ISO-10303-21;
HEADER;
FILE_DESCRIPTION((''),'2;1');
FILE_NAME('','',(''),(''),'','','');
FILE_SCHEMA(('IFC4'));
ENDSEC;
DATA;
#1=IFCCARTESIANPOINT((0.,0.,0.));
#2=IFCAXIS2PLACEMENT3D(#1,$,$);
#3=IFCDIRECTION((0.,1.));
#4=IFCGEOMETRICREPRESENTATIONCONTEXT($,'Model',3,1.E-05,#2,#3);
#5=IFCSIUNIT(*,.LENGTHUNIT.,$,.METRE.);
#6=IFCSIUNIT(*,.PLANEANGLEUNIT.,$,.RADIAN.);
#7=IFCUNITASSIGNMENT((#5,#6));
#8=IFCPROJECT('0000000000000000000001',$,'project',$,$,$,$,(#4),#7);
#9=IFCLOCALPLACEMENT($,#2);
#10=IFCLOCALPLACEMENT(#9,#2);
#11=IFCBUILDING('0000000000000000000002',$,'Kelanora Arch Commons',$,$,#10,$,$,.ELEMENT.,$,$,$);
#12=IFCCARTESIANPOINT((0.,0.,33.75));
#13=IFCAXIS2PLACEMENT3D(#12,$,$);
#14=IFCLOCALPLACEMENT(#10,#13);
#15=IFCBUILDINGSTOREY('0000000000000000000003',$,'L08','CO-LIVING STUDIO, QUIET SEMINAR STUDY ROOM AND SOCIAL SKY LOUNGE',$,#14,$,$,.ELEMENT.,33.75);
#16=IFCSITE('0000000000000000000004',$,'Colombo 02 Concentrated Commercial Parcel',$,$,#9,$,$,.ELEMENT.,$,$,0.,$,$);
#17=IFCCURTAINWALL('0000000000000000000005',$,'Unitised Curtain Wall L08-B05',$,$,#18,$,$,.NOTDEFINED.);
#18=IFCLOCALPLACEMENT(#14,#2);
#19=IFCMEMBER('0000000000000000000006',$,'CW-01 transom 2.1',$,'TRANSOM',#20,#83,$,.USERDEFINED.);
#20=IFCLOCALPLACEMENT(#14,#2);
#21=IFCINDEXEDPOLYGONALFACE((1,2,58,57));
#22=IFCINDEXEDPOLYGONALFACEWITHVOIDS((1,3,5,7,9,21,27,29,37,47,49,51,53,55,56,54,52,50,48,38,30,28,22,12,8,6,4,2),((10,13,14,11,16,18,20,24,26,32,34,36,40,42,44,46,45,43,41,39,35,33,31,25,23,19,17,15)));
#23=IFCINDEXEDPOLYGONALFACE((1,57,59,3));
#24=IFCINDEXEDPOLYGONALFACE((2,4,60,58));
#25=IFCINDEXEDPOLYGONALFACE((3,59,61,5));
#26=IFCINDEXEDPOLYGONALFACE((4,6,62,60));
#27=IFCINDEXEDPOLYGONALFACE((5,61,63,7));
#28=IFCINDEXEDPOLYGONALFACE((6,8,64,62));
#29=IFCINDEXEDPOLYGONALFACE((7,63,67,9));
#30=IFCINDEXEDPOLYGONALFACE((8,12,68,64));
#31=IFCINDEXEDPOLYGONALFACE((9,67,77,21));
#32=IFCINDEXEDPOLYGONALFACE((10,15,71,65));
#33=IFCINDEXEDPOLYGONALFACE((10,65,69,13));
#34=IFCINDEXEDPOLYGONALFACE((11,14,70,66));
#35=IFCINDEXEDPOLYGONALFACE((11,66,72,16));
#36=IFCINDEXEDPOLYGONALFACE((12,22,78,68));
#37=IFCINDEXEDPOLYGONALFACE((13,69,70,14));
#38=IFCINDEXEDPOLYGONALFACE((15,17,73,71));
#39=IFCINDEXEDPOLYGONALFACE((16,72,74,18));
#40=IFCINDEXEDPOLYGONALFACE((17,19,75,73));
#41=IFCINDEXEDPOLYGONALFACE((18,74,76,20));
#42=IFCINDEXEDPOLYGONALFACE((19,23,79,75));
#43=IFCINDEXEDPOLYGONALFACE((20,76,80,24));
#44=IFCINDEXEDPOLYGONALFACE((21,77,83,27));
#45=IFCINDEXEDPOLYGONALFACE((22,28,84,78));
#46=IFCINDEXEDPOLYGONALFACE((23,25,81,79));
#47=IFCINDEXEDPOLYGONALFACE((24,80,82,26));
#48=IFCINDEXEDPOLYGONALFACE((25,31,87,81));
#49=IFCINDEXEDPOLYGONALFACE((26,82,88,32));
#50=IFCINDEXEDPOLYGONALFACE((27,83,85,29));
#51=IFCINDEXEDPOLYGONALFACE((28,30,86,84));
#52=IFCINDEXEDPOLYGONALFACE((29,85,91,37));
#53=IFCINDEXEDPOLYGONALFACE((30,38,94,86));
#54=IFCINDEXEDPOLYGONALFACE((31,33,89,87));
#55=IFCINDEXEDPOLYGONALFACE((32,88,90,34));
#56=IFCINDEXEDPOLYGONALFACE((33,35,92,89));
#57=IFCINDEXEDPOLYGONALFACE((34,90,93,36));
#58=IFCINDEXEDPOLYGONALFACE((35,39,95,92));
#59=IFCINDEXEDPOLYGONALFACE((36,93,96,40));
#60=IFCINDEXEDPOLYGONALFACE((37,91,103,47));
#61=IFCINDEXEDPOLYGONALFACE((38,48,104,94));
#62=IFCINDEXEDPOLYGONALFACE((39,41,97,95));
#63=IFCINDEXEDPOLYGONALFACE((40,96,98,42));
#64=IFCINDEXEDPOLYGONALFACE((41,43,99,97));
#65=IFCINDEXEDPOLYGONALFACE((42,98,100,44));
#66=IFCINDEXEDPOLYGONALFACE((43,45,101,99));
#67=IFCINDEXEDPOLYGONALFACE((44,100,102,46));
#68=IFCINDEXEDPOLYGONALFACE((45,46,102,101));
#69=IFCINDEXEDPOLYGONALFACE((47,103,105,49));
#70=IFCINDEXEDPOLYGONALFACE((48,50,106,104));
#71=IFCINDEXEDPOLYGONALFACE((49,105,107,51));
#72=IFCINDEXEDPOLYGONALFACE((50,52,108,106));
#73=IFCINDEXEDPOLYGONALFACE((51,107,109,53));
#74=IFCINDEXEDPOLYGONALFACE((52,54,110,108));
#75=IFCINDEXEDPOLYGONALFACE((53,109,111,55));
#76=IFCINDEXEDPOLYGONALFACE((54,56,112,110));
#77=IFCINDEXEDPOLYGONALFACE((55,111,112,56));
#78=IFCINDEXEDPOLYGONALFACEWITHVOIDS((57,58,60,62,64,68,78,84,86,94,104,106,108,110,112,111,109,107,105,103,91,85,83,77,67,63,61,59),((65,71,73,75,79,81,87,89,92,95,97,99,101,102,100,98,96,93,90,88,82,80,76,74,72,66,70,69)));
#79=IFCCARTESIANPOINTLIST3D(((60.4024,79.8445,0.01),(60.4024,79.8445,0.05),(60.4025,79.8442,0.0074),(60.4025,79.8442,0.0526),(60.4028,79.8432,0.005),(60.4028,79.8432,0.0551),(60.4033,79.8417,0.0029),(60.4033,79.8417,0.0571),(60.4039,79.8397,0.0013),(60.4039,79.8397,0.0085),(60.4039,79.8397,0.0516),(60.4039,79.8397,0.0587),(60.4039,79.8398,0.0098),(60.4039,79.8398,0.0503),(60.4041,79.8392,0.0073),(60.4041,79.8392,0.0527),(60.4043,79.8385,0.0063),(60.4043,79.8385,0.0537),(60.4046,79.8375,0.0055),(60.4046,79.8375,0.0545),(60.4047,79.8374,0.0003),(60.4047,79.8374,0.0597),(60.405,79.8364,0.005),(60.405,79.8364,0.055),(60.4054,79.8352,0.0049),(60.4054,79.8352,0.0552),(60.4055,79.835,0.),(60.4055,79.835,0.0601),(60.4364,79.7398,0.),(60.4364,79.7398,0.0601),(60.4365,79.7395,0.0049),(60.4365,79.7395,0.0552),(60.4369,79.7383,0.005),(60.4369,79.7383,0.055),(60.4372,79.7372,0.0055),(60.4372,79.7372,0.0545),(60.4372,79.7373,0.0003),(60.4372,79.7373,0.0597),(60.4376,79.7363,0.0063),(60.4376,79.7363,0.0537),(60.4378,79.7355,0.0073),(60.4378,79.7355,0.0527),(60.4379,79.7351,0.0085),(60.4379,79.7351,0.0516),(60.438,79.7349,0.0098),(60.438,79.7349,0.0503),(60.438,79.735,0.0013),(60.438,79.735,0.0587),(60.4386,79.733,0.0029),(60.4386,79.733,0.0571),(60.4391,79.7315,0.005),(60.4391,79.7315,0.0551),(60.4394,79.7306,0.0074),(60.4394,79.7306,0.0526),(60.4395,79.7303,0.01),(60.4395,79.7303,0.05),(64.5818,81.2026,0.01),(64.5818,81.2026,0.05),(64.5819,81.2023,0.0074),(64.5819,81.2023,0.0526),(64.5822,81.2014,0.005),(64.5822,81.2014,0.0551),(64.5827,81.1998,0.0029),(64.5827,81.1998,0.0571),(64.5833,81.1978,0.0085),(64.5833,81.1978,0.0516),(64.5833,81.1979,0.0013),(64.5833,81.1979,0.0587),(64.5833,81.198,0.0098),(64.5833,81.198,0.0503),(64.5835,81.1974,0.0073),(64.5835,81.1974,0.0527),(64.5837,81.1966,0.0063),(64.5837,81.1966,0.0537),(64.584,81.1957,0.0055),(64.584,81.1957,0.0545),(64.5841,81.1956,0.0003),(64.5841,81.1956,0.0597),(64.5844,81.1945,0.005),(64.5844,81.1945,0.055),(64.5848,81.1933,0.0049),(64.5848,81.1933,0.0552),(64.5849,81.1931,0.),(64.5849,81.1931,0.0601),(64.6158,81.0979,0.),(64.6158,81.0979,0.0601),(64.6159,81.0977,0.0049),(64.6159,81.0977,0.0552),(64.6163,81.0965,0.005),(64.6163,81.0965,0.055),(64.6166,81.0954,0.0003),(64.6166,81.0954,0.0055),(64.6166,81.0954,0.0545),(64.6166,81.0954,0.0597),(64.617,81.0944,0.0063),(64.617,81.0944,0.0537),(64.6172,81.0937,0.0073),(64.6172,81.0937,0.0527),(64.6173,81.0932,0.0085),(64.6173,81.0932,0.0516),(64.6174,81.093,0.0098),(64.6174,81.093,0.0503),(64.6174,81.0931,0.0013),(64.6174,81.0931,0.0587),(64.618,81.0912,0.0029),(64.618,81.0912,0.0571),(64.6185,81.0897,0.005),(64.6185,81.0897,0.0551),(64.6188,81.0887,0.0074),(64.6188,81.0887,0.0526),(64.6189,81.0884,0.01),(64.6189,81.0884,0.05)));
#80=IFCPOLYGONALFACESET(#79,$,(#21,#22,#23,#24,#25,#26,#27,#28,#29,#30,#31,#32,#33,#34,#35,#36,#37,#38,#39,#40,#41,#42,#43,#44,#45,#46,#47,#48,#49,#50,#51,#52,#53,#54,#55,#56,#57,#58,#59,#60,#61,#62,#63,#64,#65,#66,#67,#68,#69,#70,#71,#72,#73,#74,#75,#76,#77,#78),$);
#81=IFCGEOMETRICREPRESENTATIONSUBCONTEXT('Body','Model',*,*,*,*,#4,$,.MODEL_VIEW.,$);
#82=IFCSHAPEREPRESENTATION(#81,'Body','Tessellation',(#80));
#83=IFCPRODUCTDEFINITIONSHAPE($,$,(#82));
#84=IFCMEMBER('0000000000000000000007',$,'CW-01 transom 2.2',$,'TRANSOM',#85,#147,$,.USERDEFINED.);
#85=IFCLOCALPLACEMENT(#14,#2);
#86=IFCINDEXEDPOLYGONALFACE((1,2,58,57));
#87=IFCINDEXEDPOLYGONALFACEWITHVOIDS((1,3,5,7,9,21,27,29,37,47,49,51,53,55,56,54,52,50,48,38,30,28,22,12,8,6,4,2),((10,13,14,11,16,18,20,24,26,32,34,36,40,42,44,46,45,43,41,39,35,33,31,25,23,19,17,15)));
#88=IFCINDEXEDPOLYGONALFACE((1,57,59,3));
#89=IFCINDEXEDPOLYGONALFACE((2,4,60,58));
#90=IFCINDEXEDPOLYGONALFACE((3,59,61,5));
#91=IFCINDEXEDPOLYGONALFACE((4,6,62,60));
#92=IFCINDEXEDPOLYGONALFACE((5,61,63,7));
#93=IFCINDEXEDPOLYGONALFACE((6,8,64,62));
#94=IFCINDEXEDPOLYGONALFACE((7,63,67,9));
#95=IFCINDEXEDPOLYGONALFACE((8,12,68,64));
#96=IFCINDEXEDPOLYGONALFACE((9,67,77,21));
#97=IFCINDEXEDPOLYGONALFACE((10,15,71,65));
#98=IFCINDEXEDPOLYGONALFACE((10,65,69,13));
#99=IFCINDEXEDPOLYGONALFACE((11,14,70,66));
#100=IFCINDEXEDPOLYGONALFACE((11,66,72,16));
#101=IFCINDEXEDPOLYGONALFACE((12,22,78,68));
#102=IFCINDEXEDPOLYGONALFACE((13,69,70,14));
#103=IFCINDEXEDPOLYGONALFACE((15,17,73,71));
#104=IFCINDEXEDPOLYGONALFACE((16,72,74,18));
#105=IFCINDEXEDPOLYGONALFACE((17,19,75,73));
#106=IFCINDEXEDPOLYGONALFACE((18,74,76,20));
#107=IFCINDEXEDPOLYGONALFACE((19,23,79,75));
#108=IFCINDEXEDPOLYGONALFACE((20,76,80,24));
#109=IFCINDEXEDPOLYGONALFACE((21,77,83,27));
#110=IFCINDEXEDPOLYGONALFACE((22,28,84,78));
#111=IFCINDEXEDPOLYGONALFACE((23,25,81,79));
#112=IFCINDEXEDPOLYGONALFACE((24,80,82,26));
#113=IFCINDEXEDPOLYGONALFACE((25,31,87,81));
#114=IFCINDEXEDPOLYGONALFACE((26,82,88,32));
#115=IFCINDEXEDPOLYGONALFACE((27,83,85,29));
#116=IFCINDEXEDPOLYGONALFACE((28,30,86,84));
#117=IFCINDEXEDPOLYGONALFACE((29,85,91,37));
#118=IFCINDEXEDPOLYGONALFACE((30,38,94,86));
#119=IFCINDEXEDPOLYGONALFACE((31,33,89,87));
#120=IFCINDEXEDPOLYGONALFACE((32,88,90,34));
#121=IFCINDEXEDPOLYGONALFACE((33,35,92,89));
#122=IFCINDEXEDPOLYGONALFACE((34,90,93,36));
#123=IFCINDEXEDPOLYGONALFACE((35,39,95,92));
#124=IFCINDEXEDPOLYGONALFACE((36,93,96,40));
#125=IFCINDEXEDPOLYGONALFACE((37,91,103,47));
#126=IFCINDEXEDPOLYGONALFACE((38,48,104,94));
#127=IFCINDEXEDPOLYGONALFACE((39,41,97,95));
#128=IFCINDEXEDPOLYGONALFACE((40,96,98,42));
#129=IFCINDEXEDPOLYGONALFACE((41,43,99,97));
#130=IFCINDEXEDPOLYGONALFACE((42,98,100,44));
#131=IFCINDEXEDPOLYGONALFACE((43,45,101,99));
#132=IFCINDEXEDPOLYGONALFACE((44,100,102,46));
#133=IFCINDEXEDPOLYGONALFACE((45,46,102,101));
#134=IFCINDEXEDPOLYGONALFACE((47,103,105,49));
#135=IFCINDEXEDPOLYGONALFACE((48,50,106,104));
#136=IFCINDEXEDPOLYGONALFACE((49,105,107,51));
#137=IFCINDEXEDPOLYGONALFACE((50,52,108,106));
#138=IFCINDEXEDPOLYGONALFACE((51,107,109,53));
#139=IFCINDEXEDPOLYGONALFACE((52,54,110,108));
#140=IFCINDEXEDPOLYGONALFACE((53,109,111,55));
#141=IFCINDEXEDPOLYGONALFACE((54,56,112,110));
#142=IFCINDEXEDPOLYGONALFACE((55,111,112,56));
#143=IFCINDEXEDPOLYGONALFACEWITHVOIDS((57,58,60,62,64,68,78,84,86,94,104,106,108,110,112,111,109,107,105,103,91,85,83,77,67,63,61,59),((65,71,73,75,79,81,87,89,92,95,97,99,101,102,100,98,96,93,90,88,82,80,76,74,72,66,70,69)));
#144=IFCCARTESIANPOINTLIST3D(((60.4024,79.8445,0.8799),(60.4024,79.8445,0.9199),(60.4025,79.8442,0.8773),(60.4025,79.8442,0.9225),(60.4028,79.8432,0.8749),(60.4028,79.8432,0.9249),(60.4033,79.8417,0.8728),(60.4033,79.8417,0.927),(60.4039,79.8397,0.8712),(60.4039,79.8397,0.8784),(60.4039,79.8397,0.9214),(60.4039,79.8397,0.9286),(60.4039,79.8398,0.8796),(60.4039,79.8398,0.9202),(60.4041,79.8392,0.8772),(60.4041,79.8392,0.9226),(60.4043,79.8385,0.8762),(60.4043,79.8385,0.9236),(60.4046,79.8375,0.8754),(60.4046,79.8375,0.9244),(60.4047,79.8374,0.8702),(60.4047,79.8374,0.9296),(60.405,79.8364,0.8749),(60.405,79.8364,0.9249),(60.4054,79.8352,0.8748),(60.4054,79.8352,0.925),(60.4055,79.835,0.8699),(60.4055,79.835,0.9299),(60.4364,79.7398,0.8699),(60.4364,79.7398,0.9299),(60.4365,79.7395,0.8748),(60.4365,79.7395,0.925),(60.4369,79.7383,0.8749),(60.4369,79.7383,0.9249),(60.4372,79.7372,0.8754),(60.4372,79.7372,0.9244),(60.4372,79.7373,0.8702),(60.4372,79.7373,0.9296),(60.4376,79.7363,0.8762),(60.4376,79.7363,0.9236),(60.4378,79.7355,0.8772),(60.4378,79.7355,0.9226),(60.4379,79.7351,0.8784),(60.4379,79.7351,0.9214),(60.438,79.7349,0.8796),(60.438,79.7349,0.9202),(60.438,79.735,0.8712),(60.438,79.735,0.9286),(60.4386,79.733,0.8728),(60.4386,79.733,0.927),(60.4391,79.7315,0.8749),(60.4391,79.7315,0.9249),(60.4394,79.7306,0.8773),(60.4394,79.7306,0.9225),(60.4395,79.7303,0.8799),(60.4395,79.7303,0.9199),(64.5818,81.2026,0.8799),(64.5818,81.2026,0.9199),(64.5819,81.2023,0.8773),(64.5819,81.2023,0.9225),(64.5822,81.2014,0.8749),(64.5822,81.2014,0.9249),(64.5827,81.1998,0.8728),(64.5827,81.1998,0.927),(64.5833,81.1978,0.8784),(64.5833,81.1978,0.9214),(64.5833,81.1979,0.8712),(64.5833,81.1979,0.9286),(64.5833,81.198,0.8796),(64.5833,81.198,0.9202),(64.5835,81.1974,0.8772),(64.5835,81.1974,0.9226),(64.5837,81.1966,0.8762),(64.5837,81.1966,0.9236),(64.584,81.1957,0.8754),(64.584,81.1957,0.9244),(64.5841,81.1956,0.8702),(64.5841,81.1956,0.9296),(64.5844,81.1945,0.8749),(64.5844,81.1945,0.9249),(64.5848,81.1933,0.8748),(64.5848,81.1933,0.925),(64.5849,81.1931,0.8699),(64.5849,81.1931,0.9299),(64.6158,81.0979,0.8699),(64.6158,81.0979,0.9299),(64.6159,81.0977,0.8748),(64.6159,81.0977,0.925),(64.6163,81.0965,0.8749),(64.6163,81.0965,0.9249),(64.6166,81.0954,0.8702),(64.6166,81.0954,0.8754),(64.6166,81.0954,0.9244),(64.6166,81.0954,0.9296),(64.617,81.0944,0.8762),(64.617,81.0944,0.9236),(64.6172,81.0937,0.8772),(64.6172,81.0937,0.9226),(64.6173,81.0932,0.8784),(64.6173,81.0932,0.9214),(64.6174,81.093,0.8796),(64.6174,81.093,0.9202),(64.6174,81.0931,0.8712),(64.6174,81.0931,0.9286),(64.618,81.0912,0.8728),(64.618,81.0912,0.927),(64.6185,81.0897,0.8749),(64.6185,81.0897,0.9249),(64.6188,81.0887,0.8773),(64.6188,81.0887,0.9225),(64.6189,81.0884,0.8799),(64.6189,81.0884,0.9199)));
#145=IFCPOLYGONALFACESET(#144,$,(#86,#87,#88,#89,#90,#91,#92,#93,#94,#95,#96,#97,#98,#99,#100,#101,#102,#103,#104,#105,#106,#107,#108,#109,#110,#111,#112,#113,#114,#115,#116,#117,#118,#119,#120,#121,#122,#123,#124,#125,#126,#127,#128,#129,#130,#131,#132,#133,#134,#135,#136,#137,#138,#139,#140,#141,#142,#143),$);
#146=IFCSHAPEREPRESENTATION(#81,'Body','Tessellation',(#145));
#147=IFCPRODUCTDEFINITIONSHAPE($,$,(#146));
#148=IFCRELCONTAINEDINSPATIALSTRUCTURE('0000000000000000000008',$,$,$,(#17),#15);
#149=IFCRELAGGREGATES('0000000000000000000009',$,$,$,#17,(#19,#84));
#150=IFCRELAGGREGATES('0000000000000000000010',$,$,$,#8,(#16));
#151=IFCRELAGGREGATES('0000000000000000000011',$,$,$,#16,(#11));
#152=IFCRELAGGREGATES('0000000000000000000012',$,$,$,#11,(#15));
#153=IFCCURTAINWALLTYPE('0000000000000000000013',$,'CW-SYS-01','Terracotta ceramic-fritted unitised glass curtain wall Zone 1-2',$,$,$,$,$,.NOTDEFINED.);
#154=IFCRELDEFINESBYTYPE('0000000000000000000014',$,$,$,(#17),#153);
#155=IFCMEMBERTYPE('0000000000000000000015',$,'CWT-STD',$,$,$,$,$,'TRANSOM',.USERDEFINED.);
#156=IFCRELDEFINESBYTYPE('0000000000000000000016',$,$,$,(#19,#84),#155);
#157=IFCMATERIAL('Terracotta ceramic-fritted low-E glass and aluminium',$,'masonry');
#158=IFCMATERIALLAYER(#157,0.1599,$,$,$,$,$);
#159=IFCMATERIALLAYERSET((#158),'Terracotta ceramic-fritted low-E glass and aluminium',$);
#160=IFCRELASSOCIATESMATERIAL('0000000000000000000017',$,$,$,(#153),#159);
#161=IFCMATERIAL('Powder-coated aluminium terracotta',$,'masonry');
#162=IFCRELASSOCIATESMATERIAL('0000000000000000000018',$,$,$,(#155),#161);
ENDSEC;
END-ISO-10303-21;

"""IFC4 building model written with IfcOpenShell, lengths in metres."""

from ifc_helpers import new_model, si_unit, direction, frame, origin, origin_2d, place, context, subcontext, project, spatial, hollow_rectangle, extrude, material, layer, layer_set, material_profile, profile_set, type_object, element, aggregate, save


model = new_model("IFC4")

# Units and contexts
model_context = context("Model", 3, precision=1e-05, world=origin(), true_north=direction((0.0, 1.0)))
body_context = subcontext(model_context, "Body", "Model", "MODEL_VIEW")
ifc_project = project(units=[si_unit("LENGTHUNIT", "METRE"), si_unit("PLANEANGLEUNIT", "RADIAN")], contexts=[model_context])

# Site, building, storey
site_placement = place(None, origin())
site = spatial("IfcSite", under=ifc_project, at=site_placement, Name="Colombo 02 Concentrated Commercial Parcel", CompositionType="ELEMENT", RefElevation=0.0)
building_placement = place(site_placement, origin())
building = spatial("IfcBuilding", under=site, at=building_placement, Name="Kelanora Arch Commons", CompositionType="ELEMENT")
storey_placement = place(building_placement, frame((0.0, 0.0, 33.75)))
storey = spatial("IfcBuildingStorey", under=building, at=storey_placement, Name="L08", Description="CO-LIVING STUDIO, QUIET SEMINAR STUDY ROOM AND SOCIAL SKY LOUNGE", CompositionType="ELEMENT", Elevation=33.75)

# Curtain wall, members
ifc_material_1 = material(Name="Terracotta ceramic-fritted low-E glass and aluminium", Category="masonry")
ifc_layer_1 = layer(ifc_material_1, 0.1599)
ifc_layer_set_1 = layer_set([ifc_layer_1], Name="Terracotta ceramic-fritted low-E glass and aluminium")
curtain_wall_type = type_object("IfcCurtainWallType", Name="CW-SYS-01", Description="Terracotta ceramic-fritted unitised glass curtain wall Zone 1-2", PredefinedType="NOTDEFINED", material=ifc_layer_set_1)
curtain_wall_placement = place(storey_placement, origin())
curtain_wall = element("IfcCurtainWall", 1, at=curtain_wall_placement, inside=storey, type_object=curtain_wall_type, Name="Unitised Curtain Wall L08-B05", PredefinedType="NOTDEFINED")
ifc_material_2 = material(Name="Powder-coated aluminium terracotta", Category="masonry")
ifc_material_profile_1 = material_profile(ifc_material_2, hollow_rectangle(XDim=0.1201, YDim=0.0601, WallThickness=0.0049, InnerFilletRadius=0.0049, OuterFilletRadius=0.01, at=origin_2d()), Name="CWT120x60")
ifc_profile_set_1 = profile_set([ifc_material_profile_1], Name="Powder-coated aluminium terracotta")
member_type_1 = type_object("IfcMemberType", Name="CWT-STD", ElementType="TRANSOM", PredefinedType="USERDEFINED", material=ifc_profile_set_1)
member_1_placement = place(storey_placement, frame((64.6003, 81.1455, 0.03), z_axis=(-0.951045, -0.309052, 0.0), x_axis=(0.309052, -0.951045, 0.0)))
member_1 = element("IfcMember", 2, at=member_1_placement, type_object=member_type_1, Name="CW-01 transom 2.1", ObjectType="TRANSOM", PredefinedType="USERDEFINED", context=body_context, shape_type="SweptSolid", body=[
    extrude(hollow_rectangle(XDim=0.1201, YDim=0.0601, WallThickness=0.0049, InnerFilletRadius=0.0049, OuterFilletRadius=0.01, at=origin_2d()), origin(), (0.0, 0.0, 1.0), 4.3945),
])
member_2_placement = place(storey_placement, frame((64.6003, 81.1455, 0.8999), z_axis=(-0.951045, -0.309052, 0.0), x_axis=(0.309052, -0.951045, 0.0)))
member_2 = element("IfcMember", 3, at=member_2_placement, type_object=member_type_1, Name="CW-01 transom 2.2", ObjectType="TRANSOM", PredefinedType="USERDEFINED", context=body_context, shape_type="SweptSolid", body=[
    extrude(hollow_rectangle(XDim=0.1201, YDim=0.0601, WallThickness=0.0049, InnerFilletRadius=0.0049, OuterFilletRadius=0.01, at=origin_2d()), origin(), (0.0, 0.0, 1.0), 4.3945),
])
aggregate(curtain_wall, [member_1, member_2])

save(model, "model.ifc")
